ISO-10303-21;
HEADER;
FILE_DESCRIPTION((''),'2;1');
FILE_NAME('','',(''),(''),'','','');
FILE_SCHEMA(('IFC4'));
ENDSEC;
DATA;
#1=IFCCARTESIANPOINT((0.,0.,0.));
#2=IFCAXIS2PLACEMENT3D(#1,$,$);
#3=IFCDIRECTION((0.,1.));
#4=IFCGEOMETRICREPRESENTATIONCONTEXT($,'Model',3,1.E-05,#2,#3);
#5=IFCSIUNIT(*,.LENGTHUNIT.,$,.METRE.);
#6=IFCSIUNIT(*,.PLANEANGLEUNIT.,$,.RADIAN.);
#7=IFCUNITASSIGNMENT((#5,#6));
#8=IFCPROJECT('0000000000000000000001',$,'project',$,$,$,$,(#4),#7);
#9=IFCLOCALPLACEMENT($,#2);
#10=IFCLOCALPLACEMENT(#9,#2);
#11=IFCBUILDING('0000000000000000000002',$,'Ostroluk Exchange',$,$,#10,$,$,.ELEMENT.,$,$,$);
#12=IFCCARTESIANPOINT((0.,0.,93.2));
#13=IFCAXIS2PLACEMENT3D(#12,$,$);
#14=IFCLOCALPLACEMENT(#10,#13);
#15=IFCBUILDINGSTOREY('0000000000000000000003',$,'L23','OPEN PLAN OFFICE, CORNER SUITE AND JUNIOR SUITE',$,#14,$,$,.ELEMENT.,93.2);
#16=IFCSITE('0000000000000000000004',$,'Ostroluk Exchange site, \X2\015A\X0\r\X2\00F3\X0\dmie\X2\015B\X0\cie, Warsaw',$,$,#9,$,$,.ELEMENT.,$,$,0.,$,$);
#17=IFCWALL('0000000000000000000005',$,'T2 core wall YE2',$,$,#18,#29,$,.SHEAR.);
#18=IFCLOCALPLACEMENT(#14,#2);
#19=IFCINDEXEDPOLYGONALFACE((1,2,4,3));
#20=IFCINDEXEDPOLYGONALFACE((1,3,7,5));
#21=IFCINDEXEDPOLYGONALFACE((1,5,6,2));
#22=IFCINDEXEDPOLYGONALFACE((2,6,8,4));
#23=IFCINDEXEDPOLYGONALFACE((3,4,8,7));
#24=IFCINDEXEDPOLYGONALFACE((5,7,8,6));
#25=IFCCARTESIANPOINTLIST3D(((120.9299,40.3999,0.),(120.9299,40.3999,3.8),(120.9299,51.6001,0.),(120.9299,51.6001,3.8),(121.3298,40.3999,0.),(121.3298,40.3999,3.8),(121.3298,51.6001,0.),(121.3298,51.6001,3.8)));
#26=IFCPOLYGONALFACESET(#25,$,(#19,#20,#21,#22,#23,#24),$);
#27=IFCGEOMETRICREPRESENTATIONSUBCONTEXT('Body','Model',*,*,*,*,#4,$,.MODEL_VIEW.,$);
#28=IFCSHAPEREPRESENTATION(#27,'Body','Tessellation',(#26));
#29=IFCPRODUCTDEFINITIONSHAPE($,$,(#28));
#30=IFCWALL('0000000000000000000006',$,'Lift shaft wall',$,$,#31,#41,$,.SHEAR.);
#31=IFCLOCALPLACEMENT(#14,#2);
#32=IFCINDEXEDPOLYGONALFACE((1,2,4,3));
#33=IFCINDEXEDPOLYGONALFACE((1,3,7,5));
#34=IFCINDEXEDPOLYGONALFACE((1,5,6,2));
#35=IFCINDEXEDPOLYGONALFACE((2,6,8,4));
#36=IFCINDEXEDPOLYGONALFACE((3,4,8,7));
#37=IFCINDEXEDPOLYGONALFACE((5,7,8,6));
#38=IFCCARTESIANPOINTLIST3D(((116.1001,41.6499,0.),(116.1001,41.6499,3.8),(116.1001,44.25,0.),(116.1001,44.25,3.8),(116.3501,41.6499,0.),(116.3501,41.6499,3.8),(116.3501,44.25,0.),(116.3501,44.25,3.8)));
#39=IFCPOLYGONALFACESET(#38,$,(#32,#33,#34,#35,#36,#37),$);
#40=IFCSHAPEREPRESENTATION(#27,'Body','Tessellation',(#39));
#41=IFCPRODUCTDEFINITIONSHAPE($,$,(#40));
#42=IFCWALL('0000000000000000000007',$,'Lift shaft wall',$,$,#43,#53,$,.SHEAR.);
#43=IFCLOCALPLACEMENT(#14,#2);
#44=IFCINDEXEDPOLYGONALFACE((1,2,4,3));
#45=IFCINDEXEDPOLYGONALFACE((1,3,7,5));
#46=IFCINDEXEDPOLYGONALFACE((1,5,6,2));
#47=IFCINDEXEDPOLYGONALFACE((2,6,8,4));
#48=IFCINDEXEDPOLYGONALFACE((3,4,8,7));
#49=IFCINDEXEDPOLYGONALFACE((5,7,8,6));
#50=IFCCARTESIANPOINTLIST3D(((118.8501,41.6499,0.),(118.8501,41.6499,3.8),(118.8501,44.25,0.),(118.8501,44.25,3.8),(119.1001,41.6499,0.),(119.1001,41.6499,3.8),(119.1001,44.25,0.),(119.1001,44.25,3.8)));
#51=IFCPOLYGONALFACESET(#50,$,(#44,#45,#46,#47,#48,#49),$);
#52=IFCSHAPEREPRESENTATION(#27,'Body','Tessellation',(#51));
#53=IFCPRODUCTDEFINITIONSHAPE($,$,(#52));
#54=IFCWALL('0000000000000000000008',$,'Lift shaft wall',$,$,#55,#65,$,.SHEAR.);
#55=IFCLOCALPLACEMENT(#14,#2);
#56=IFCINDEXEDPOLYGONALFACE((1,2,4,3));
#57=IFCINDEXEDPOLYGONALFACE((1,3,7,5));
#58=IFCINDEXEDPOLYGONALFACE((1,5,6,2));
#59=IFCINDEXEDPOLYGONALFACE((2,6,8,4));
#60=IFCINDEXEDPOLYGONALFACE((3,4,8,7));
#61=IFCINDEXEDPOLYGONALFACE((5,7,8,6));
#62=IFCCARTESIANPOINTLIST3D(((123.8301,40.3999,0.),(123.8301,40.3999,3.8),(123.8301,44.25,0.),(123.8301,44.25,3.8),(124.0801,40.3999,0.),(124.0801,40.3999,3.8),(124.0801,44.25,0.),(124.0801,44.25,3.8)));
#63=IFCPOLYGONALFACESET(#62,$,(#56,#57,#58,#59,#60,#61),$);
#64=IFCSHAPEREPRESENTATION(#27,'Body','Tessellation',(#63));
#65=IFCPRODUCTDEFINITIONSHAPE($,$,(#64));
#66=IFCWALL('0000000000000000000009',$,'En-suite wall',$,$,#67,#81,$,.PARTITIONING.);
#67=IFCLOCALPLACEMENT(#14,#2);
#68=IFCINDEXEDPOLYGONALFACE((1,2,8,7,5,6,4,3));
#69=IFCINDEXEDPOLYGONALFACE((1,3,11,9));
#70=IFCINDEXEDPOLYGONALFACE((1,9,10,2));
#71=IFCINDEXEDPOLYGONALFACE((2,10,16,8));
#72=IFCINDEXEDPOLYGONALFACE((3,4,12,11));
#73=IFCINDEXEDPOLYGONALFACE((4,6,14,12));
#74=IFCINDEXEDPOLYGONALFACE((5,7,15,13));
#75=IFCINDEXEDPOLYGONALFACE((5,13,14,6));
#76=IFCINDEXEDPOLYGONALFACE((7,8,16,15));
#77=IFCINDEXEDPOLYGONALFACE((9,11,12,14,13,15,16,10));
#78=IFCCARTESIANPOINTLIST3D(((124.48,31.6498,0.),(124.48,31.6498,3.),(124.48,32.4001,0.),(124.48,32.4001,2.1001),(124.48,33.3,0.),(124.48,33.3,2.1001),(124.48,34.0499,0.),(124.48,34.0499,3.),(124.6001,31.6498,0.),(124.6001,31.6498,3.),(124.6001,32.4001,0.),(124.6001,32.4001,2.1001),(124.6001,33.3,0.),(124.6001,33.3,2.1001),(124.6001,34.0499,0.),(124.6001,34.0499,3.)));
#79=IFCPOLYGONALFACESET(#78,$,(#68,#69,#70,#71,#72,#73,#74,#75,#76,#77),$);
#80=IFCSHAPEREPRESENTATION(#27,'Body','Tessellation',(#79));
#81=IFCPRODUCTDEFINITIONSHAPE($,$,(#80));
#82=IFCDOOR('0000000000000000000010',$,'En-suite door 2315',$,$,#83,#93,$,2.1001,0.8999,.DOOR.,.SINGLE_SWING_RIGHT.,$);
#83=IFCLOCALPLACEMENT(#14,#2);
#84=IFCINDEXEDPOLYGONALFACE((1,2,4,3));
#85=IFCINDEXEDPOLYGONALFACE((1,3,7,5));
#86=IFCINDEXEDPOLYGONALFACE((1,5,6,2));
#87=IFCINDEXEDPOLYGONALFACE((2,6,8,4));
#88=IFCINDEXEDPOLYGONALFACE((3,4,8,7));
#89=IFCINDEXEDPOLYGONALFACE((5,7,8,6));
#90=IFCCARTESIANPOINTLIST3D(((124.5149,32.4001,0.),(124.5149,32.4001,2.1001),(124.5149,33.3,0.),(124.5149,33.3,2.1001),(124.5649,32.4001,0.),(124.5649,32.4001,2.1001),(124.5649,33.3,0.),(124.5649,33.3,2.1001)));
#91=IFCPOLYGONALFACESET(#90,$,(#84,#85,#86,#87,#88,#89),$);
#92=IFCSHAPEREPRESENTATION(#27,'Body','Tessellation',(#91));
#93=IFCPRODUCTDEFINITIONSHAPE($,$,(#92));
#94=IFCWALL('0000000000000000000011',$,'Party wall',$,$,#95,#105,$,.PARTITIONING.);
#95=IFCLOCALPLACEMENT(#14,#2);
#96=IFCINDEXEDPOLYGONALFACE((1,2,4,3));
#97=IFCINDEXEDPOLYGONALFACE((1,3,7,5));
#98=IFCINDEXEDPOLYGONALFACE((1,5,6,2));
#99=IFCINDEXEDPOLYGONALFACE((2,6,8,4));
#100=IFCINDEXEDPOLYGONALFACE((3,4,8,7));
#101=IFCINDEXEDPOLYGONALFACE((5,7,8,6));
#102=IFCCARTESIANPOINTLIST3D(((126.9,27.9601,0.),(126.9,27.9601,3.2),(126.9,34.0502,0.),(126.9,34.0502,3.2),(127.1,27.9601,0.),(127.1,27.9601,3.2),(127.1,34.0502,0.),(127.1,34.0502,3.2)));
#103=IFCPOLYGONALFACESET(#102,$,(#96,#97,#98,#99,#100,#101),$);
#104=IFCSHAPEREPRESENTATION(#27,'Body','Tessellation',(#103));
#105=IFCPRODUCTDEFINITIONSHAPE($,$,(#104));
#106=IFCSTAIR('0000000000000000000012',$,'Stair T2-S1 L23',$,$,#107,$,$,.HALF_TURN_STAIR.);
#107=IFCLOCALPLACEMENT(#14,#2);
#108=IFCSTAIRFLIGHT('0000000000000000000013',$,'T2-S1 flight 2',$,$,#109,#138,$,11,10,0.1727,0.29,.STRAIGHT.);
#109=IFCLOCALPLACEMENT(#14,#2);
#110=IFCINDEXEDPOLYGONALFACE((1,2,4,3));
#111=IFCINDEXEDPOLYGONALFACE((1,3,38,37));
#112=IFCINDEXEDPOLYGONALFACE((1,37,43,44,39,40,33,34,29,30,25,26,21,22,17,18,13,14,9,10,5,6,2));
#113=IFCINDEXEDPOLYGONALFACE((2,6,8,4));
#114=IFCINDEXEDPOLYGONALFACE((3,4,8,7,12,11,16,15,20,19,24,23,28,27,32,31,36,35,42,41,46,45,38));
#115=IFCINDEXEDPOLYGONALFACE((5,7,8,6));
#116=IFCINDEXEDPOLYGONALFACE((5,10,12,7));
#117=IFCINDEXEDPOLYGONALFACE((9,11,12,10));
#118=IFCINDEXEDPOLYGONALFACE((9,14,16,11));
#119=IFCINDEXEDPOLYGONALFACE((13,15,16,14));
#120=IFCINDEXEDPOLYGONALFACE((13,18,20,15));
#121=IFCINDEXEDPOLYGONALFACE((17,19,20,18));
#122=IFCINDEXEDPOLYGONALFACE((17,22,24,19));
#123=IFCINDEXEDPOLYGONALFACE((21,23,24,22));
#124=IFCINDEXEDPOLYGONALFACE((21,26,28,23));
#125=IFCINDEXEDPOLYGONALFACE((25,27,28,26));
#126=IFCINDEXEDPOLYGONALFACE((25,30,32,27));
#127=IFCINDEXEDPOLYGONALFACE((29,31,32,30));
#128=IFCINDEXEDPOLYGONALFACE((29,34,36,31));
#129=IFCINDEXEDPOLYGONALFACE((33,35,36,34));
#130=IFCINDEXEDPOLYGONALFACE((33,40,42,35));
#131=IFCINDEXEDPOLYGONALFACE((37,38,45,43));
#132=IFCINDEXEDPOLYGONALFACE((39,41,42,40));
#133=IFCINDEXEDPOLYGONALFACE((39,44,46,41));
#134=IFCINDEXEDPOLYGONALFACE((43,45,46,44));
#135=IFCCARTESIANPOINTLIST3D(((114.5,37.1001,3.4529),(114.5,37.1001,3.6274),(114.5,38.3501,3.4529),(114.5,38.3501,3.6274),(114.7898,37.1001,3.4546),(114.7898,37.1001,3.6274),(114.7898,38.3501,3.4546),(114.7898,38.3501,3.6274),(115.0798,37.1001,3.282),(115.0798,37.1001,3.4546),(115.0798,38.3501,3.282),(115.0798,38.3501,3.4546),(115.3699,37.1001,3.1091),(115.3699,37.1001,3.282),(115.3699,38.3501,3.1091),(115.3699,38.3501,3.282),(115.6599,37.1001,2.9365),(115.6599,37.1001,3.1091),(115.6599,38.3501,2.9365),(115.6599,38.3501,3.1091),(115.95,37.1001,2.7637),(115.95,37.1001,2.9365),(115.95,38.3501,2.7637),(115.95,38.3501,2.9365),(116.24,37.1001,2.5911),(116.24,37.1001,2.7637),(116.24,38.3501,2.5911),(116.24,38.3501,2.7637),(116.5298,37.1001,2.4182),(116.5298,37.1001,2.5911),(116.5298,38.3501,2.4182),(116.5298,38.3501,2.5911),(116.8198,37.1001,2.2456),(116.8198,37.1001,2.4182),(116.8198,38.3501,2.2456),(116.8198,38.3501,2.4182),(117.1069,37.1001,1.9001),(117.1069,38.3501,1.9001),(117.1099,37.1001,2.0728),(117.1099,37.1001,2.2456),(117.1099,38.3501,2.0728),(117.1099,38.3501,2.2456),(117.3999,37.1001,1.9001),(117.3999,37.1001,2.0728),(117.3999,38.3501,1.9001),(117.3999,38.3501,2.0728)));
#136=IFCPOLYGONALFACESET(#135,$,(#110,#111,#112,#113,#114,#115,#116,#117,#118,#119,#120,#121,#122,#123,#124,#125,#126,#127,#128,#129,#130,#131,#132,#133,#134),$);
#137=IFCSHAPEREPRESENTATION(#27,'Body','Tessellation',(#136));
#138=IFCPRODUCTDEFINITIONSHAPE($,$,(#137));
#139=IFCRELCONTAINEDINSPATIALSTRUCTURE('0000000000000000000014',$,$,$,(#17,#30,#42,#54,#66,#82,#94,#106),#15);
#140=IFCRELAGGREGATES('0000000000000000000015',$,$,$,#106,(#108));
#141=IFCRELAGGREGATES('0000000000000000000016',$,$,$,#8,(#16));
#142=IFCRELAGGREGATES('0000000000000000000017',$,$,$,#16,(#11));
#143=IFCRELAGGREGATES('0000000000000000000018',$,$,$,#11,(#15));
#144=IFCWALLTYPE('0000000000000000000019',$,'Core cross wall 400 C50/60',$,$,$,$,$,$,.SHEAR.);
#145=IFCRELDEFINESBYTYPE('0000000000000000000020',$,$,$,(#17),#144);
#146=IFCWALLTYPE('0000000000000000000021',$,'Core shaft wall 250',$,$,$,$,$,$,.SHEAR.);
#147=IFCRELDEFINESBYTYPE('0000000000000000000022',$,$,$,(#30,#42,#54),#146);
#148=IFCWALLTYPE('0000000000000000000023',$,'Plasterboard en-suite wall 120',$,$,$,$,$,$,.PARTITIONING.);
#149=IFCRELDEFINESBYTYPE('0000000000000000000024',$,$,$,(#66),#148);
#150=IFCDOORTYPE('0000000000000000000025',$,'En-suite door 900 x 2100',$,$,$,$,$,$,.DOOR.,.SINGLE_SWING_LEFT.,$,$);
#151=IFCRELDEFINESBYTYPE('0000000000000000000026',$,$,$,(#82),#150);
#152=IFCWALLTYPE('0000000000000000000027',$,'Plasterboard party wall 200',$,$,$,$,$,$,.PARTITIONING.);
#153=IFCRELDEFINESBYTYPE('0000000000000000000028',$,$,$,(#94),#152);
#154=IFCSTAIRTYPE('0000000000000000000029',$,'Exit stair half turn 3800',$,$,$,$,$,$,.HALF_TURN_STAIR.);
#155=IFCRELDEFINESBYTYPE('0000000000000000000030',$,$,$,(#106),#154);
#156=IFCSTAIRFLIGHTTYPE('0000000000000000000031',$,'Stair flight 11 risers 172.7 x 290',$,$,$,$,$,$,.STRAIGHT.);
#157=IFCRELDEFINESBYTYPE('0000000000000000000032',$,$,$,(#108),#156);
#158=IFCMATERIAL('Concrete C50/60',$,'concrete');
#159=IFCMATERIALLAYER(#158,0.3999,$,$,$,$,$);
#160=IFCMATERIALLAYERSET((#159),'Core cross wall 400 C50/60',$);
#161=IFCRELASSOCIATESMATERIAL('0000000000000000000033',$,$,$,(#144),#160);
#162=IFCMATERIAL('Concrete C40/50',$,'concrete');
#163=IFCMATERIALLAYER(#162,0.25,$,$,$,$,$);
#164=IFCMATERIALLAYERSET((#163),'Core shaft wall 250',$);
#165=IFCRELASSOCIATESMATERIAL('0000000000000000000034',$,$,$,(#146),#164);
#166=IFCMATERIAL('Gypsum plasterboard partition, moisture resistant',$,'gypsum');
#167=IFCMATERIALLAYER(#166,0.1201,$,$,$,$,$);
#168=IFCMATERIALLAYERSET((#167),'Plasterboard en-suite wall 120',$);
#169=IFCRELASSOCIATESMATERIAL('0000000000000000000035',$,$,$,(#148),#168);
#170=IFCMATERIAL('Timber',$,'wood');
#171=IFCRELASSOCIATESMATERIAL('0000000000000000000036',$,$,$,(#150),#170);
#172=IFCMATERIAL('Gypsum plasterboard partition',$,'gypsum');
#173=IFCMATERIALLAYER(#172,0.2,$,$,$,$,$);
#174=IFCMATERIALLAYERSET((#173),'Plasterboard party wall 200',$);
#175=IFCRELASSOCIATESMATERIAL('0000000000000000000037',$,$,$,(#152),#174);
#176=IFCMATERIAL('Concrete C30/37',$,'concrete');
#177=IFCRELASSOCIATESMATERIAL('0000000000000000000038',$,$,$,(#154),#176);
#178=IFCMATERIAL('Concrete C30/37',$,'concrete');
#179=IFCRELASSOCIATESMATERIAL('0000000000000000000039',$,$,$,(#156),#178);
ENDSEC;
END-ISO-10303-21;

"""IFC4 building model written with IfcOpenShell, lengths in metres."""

from ifc_helpers import new_model, si_unit, direction, frame, frame_2d, origin, place, context, subcontext, project, spatial, polyline, rectangle, outline, extrude, material, layer, layer_set, type_object, element, fill, aggregate, save


model = new_model("IFC4")

# Units and contexts
model_context = context("Model", 3, precision=1e-05, world=origin(), true_north=direction((0.0, 1.0)))
body_context = subcontext(model_context, "Body", "Model", "MODEL_VIEW")
ifc_project = project(units=[si_unit("LENGTHUNIT", "METRE"), si_unit("PLANEANGLEUNIT", "RADIAN")], contexts=[model_context])

# Site, building, storey
site_placement = place(None, origin())
site = spatial("IfcSite", under=ifc_project, at=site_placement, Name="Ostroluk Exchange site, Śródmieście, Warsaw", CompositionType="ELEMENT", RefElevation=0.0)
building_placement = place(site_placement, origin())
building = spatial("IfcBuilding", under=site, at=building_placement, Name="Ostroluk Exchange", CompositionType="ELEMENT")
storey_placement = place(building_placement, frame((0.0, 0.0, 93.2)))
storey = spatial("IfcBuildingStorey", under=building, at=storey_placement, Name="L23", Description="OPEN PLAN OFFICE, CORNER SUITE AND JUNIOR SUITE", CompositionType="ELEMENT", Elevation=93.2)

# Walls
ifc_material_1 = material(Name="Concrete C50/60", Category="concrete")
ifc_layer_1 = layer(ifc_material_1, 0.3999)
ifc_layer_set_1 = layer_set([ifc_layer_1], Name="Core cross wall 400 C50/60")
wall_type_1 = type_object("IfcWallType", Name="Core cross wall 400 C50/60", PredefinedType="SHEAR", material=ifc_layer_set_1)
wall_1_placement = place(storey_placement, frame((121.1299, 40.3999, 0.0), z_axis=(0.0, 0.0, 1.0), x_axis=(0.0, 1.0, 0.0)))
element("IfcWall", 1, at=wall_1_placement, inside=storey, type_object=wall_type_1, Name="T2 core wall YE2", PredefinedType="SHEAR", context=body_context, shape_type="SweptSolid", body=[
    extrude(rectangle(XDim=11.2002, YDim=0.3999, at=frame_2d((5.6001, 0.0))), origin(), (0.0, 0.0, 1.0), 3.8),
])
ifc_material_2 = material(Name="Concrete C40/50", Category="concrete")
ifc_layer_2 = layer(ifc_material_2, 0.25)
ifc_layer_set_2 = layer_set([ifc_layer_2], Name="Core shaft wall 250")
wall_type_2 = type_object("IfcWallType", Name="Core shaft wall 250", PredefinedType="SHEAR", material=ifc_layer_set_2)
for number, where, z_axis, x_axis, name in (
    (2, (116.2251, 44.25, 0.0), (0.0, 0.0, 1.0), (0.0, -1.0, 0.0), "Lift shaft wall"),
    (3, (118.9751, 44.25, 0.0), (0.0, 0.0, 1.0), (0.0, -1.0, 0.0), "Lift shaft wall"),
):
    element("IfcWall", number, at=place(storey_placement, frame(where, z_axis=z_axis, x_axis=x_axis)), inside=storey, type_object=wall_type_2, Name=name, PredefinedType="SHEAR", context=body_context, shape_type="SweptSolid", body=[
        extrude(rectangle(XDim=2.6001, YDim=0.25, at=frame_2d((1.3, 0.0))), origin(), (0.0, 0.0, 1.0), 3.8),
    ])
wall_2_placement = place(storey_placement, frame((123.9551, 44.25, 0.0), z_axis=(0.0, 0.0, 1.0), x_axis=(0.0, -1.0, 0.0)))
element("IfcWall", 4, at=wall_2_placement, inside=storey, type_object=wall_type_2, Name="Lift shaft wall", PredefinedType="SHEAR", context=body_context, shape_type="SweptSolid", body=[
    extrude(rectangle(XDim=3.8501, YDim=0.25, at=frame_2d((1.925, 0.0))), origin(), (0.0, 0.0, 1.0), 3.8),
])

# Wall, opening, door
ifc_material_3 = material(Name="Gypsum plasterboard partition, moisture resistant", Category="gypsum")
ifc_layer_3 = layer(ifc_material_3, 0.1201)
ifc_layer_set_3 = layer_set([ifc_layer_3], Name="Plasterboard en-suite wall 120")
wall_type_3 = type_object("IfcWallType", Name="Plasterboard en-suite wall 120", PredefinedType="PARTITIONING", material=ifc_layer_set_3)
wall_3_placement = place(storey_placement, frame((124.54, 34.05, 0.0), z_axis=(0.0, 0.0, 1.0), x_axis=(0.0, -1.0, 0.0)))
wall_3 = element("IfcWall", 5, at=wall_3_placement, inside=storey, type_object=wall_type_3, Name="En-suite wall", PredefinedType="PARTITIONING", context=body_context, shape_type="SweptSolid", body=[
    extrude(rectangle(XDim=2.4001, YDim=0.1201, at=frame_2d((1.2002, 0.0))), origin(), (0.0, 0.0, 1.0), 3.0),
])
opening_1_placement = place(wall_3_placement, frame((0.75, 0.0, 0.0)))
opening_1 = element("IfcOpeningElement", 6, at=opening_1_placement, cuts=wall_3, PredefinedType="OPENING", context=body_context, shape_type="SweptSolid", body=[
    extrude(rectangle(XDim=0.8999, YDim=2.1001, at=frame_2d((0.45, 1.05))), frame((0.0, 0.0701, 0.0), z_axis=(0.0, -1.0, 0.0), x_axis=(1.0, 0.0, 0.0)), (0.0, 0.0, 1.0), 0.1401),
])
ifc_material_4 = material(Name="Timber", Category="wood")
door_type_1 = type_object("IfcDoorType", Name="En-suite door 900 x 2100", OperationType="SINGLE_SWING_LEFT", PredefinedType="DOOR", material=ifc_material_4)
door_1_placement = place(opening_1_placement, origin())
door_1 = element("IfcDoor", 7, at=door_1_placement, inside=storey, type_object=door_type_1, Name="En-suite door 2315", OperationType="SINGLE_SWING_RIGHT", OverallHeight=2.1001, OverallWidth=0.8999, PredefinedType="DOOR", context=body_context, shape_type="SweptSolid", body=[
    extrude(rectangle(XDim=0.8999, YDim=2.1001, at=frame_2d((0.45, 1.05))), frame((0.0, 0.0249, 0.0), z_axis=(0.0, -1.0, 0.0), x_axis=(1.0, 0.0, 0.0)), (0.0, 0.0, 1.0), 0.05),
])
fill(opening_1, door_1)

# Wall
ifc_material_5 = material(Name="Gypsum plasterboard partition", Category="gypsum")
ifc_layer_4 = layer(ifc_material_5, 0.2)
ifc_layer_set_4 = layer_set([ifc_layer_4], Name="Plasterboard party wall 200")
wall_type_4 = type_object("IfcWallType", Name="Plasterboard party wall 200", PredefinedType="PARTITIONING", material=ifc_layer_set_4)
wall_4_placement = place(storey_placement, frame((127.0, 34.05, 0.0), z_axis=(0.0, 0.0, 1.0), x_axis=(0.0, -1.0, 0.0)))
element("IfcWall", 8, at=wall_4_placement, inside=storey, type_object=wall_type_4, Name="Party wall", PredefinedType="PARTITIONING", context=body_context, shape_type="SweptSolid", body=[
    extrude(rectangle(XDim=6.0901, YDim=0.2, at=frame_2d((3.0449, 0.0))), origin(), (0.0, 0.0, 1.0), 3.2),
])

# Stair, stair flight
ifc_material_6 = material(Name="Concrete C30/37", Category="concrete")
stair_type = type_object("IfcStairType", Name="Exit stair half turn 3800", PredefinedType="HALF_TURN_STAIR", material=ifc_material_6)
stair_placement = place(storey_placement, origin())
stair = element("IfcStair", 9, at=stair_placement, inside=storey, type_object=stair_type, Name="Stair T2-S1 L23", PredefinedType="HALF_TURN_STAIR")
ifc_material_7 = material(Name="Concrete C30/37", Category="concrete")
stair_flight_type = type_object("IfcStairFlightType", Name="Stair flight 11 risers 172.7 x 290", PredefinedType="STRAIGHT", material=ifc_material_7)
stair_flight_placement = place(storey_placement, frame((117.3999, 37.7251, 1.9001), z_axis=(0.0, 0.0, 1.0), x_axis=(-1.0, 0.0, 0.0)))
stair_flight = element("IfcStairFlight", 10, at=stair_flight_placement, type_object=stair_flight_type, Name="T2-S1 flight 2", NumberOfRisers=11, NumberOfTreads=10, PredefinedType="STRAIGHT", RiserHeight=0.1727, TreadLength=0.29, context=body_context, shape_type="SweptSolid", body=[
    extrude(outline(polyline([(0.0, 0.0), (0.0, 0.1726), (0.29, 0.1726), (0.29, 0.3455), (0.5801, 0.3455), (0.5801, 0.5181), (0.8701, 0.5181), (0.8701, 0.6909), (1.1599, 0.6909), (1.1599, 0.8635), (1.45, 0.8635), (1.45, 1.0364), (1.74, 1.0364), (1.74, 1.209), (2.03, 1.209), (2.03, 1.3818), (2.3201, 1.3818), (2.3201, 1.5544), (2.6101, 1.5544), (2.6101, 1.7273), (2.8999, 1.7273), (2.8999, 1.8999), (2.8999, 1.5527), (0.293, 0.0), (0.0, 0.0)])), frame((0.0, 0.625, 0.0), z_axis=(0.0, -1.0, 0.0), x_axis=(1.0, 0.0, 0.0)), (0.0, 0.0, 1.0), 1.25),
])
aggregate(stair, [stair_flight])

save(model, "model.ifc")
